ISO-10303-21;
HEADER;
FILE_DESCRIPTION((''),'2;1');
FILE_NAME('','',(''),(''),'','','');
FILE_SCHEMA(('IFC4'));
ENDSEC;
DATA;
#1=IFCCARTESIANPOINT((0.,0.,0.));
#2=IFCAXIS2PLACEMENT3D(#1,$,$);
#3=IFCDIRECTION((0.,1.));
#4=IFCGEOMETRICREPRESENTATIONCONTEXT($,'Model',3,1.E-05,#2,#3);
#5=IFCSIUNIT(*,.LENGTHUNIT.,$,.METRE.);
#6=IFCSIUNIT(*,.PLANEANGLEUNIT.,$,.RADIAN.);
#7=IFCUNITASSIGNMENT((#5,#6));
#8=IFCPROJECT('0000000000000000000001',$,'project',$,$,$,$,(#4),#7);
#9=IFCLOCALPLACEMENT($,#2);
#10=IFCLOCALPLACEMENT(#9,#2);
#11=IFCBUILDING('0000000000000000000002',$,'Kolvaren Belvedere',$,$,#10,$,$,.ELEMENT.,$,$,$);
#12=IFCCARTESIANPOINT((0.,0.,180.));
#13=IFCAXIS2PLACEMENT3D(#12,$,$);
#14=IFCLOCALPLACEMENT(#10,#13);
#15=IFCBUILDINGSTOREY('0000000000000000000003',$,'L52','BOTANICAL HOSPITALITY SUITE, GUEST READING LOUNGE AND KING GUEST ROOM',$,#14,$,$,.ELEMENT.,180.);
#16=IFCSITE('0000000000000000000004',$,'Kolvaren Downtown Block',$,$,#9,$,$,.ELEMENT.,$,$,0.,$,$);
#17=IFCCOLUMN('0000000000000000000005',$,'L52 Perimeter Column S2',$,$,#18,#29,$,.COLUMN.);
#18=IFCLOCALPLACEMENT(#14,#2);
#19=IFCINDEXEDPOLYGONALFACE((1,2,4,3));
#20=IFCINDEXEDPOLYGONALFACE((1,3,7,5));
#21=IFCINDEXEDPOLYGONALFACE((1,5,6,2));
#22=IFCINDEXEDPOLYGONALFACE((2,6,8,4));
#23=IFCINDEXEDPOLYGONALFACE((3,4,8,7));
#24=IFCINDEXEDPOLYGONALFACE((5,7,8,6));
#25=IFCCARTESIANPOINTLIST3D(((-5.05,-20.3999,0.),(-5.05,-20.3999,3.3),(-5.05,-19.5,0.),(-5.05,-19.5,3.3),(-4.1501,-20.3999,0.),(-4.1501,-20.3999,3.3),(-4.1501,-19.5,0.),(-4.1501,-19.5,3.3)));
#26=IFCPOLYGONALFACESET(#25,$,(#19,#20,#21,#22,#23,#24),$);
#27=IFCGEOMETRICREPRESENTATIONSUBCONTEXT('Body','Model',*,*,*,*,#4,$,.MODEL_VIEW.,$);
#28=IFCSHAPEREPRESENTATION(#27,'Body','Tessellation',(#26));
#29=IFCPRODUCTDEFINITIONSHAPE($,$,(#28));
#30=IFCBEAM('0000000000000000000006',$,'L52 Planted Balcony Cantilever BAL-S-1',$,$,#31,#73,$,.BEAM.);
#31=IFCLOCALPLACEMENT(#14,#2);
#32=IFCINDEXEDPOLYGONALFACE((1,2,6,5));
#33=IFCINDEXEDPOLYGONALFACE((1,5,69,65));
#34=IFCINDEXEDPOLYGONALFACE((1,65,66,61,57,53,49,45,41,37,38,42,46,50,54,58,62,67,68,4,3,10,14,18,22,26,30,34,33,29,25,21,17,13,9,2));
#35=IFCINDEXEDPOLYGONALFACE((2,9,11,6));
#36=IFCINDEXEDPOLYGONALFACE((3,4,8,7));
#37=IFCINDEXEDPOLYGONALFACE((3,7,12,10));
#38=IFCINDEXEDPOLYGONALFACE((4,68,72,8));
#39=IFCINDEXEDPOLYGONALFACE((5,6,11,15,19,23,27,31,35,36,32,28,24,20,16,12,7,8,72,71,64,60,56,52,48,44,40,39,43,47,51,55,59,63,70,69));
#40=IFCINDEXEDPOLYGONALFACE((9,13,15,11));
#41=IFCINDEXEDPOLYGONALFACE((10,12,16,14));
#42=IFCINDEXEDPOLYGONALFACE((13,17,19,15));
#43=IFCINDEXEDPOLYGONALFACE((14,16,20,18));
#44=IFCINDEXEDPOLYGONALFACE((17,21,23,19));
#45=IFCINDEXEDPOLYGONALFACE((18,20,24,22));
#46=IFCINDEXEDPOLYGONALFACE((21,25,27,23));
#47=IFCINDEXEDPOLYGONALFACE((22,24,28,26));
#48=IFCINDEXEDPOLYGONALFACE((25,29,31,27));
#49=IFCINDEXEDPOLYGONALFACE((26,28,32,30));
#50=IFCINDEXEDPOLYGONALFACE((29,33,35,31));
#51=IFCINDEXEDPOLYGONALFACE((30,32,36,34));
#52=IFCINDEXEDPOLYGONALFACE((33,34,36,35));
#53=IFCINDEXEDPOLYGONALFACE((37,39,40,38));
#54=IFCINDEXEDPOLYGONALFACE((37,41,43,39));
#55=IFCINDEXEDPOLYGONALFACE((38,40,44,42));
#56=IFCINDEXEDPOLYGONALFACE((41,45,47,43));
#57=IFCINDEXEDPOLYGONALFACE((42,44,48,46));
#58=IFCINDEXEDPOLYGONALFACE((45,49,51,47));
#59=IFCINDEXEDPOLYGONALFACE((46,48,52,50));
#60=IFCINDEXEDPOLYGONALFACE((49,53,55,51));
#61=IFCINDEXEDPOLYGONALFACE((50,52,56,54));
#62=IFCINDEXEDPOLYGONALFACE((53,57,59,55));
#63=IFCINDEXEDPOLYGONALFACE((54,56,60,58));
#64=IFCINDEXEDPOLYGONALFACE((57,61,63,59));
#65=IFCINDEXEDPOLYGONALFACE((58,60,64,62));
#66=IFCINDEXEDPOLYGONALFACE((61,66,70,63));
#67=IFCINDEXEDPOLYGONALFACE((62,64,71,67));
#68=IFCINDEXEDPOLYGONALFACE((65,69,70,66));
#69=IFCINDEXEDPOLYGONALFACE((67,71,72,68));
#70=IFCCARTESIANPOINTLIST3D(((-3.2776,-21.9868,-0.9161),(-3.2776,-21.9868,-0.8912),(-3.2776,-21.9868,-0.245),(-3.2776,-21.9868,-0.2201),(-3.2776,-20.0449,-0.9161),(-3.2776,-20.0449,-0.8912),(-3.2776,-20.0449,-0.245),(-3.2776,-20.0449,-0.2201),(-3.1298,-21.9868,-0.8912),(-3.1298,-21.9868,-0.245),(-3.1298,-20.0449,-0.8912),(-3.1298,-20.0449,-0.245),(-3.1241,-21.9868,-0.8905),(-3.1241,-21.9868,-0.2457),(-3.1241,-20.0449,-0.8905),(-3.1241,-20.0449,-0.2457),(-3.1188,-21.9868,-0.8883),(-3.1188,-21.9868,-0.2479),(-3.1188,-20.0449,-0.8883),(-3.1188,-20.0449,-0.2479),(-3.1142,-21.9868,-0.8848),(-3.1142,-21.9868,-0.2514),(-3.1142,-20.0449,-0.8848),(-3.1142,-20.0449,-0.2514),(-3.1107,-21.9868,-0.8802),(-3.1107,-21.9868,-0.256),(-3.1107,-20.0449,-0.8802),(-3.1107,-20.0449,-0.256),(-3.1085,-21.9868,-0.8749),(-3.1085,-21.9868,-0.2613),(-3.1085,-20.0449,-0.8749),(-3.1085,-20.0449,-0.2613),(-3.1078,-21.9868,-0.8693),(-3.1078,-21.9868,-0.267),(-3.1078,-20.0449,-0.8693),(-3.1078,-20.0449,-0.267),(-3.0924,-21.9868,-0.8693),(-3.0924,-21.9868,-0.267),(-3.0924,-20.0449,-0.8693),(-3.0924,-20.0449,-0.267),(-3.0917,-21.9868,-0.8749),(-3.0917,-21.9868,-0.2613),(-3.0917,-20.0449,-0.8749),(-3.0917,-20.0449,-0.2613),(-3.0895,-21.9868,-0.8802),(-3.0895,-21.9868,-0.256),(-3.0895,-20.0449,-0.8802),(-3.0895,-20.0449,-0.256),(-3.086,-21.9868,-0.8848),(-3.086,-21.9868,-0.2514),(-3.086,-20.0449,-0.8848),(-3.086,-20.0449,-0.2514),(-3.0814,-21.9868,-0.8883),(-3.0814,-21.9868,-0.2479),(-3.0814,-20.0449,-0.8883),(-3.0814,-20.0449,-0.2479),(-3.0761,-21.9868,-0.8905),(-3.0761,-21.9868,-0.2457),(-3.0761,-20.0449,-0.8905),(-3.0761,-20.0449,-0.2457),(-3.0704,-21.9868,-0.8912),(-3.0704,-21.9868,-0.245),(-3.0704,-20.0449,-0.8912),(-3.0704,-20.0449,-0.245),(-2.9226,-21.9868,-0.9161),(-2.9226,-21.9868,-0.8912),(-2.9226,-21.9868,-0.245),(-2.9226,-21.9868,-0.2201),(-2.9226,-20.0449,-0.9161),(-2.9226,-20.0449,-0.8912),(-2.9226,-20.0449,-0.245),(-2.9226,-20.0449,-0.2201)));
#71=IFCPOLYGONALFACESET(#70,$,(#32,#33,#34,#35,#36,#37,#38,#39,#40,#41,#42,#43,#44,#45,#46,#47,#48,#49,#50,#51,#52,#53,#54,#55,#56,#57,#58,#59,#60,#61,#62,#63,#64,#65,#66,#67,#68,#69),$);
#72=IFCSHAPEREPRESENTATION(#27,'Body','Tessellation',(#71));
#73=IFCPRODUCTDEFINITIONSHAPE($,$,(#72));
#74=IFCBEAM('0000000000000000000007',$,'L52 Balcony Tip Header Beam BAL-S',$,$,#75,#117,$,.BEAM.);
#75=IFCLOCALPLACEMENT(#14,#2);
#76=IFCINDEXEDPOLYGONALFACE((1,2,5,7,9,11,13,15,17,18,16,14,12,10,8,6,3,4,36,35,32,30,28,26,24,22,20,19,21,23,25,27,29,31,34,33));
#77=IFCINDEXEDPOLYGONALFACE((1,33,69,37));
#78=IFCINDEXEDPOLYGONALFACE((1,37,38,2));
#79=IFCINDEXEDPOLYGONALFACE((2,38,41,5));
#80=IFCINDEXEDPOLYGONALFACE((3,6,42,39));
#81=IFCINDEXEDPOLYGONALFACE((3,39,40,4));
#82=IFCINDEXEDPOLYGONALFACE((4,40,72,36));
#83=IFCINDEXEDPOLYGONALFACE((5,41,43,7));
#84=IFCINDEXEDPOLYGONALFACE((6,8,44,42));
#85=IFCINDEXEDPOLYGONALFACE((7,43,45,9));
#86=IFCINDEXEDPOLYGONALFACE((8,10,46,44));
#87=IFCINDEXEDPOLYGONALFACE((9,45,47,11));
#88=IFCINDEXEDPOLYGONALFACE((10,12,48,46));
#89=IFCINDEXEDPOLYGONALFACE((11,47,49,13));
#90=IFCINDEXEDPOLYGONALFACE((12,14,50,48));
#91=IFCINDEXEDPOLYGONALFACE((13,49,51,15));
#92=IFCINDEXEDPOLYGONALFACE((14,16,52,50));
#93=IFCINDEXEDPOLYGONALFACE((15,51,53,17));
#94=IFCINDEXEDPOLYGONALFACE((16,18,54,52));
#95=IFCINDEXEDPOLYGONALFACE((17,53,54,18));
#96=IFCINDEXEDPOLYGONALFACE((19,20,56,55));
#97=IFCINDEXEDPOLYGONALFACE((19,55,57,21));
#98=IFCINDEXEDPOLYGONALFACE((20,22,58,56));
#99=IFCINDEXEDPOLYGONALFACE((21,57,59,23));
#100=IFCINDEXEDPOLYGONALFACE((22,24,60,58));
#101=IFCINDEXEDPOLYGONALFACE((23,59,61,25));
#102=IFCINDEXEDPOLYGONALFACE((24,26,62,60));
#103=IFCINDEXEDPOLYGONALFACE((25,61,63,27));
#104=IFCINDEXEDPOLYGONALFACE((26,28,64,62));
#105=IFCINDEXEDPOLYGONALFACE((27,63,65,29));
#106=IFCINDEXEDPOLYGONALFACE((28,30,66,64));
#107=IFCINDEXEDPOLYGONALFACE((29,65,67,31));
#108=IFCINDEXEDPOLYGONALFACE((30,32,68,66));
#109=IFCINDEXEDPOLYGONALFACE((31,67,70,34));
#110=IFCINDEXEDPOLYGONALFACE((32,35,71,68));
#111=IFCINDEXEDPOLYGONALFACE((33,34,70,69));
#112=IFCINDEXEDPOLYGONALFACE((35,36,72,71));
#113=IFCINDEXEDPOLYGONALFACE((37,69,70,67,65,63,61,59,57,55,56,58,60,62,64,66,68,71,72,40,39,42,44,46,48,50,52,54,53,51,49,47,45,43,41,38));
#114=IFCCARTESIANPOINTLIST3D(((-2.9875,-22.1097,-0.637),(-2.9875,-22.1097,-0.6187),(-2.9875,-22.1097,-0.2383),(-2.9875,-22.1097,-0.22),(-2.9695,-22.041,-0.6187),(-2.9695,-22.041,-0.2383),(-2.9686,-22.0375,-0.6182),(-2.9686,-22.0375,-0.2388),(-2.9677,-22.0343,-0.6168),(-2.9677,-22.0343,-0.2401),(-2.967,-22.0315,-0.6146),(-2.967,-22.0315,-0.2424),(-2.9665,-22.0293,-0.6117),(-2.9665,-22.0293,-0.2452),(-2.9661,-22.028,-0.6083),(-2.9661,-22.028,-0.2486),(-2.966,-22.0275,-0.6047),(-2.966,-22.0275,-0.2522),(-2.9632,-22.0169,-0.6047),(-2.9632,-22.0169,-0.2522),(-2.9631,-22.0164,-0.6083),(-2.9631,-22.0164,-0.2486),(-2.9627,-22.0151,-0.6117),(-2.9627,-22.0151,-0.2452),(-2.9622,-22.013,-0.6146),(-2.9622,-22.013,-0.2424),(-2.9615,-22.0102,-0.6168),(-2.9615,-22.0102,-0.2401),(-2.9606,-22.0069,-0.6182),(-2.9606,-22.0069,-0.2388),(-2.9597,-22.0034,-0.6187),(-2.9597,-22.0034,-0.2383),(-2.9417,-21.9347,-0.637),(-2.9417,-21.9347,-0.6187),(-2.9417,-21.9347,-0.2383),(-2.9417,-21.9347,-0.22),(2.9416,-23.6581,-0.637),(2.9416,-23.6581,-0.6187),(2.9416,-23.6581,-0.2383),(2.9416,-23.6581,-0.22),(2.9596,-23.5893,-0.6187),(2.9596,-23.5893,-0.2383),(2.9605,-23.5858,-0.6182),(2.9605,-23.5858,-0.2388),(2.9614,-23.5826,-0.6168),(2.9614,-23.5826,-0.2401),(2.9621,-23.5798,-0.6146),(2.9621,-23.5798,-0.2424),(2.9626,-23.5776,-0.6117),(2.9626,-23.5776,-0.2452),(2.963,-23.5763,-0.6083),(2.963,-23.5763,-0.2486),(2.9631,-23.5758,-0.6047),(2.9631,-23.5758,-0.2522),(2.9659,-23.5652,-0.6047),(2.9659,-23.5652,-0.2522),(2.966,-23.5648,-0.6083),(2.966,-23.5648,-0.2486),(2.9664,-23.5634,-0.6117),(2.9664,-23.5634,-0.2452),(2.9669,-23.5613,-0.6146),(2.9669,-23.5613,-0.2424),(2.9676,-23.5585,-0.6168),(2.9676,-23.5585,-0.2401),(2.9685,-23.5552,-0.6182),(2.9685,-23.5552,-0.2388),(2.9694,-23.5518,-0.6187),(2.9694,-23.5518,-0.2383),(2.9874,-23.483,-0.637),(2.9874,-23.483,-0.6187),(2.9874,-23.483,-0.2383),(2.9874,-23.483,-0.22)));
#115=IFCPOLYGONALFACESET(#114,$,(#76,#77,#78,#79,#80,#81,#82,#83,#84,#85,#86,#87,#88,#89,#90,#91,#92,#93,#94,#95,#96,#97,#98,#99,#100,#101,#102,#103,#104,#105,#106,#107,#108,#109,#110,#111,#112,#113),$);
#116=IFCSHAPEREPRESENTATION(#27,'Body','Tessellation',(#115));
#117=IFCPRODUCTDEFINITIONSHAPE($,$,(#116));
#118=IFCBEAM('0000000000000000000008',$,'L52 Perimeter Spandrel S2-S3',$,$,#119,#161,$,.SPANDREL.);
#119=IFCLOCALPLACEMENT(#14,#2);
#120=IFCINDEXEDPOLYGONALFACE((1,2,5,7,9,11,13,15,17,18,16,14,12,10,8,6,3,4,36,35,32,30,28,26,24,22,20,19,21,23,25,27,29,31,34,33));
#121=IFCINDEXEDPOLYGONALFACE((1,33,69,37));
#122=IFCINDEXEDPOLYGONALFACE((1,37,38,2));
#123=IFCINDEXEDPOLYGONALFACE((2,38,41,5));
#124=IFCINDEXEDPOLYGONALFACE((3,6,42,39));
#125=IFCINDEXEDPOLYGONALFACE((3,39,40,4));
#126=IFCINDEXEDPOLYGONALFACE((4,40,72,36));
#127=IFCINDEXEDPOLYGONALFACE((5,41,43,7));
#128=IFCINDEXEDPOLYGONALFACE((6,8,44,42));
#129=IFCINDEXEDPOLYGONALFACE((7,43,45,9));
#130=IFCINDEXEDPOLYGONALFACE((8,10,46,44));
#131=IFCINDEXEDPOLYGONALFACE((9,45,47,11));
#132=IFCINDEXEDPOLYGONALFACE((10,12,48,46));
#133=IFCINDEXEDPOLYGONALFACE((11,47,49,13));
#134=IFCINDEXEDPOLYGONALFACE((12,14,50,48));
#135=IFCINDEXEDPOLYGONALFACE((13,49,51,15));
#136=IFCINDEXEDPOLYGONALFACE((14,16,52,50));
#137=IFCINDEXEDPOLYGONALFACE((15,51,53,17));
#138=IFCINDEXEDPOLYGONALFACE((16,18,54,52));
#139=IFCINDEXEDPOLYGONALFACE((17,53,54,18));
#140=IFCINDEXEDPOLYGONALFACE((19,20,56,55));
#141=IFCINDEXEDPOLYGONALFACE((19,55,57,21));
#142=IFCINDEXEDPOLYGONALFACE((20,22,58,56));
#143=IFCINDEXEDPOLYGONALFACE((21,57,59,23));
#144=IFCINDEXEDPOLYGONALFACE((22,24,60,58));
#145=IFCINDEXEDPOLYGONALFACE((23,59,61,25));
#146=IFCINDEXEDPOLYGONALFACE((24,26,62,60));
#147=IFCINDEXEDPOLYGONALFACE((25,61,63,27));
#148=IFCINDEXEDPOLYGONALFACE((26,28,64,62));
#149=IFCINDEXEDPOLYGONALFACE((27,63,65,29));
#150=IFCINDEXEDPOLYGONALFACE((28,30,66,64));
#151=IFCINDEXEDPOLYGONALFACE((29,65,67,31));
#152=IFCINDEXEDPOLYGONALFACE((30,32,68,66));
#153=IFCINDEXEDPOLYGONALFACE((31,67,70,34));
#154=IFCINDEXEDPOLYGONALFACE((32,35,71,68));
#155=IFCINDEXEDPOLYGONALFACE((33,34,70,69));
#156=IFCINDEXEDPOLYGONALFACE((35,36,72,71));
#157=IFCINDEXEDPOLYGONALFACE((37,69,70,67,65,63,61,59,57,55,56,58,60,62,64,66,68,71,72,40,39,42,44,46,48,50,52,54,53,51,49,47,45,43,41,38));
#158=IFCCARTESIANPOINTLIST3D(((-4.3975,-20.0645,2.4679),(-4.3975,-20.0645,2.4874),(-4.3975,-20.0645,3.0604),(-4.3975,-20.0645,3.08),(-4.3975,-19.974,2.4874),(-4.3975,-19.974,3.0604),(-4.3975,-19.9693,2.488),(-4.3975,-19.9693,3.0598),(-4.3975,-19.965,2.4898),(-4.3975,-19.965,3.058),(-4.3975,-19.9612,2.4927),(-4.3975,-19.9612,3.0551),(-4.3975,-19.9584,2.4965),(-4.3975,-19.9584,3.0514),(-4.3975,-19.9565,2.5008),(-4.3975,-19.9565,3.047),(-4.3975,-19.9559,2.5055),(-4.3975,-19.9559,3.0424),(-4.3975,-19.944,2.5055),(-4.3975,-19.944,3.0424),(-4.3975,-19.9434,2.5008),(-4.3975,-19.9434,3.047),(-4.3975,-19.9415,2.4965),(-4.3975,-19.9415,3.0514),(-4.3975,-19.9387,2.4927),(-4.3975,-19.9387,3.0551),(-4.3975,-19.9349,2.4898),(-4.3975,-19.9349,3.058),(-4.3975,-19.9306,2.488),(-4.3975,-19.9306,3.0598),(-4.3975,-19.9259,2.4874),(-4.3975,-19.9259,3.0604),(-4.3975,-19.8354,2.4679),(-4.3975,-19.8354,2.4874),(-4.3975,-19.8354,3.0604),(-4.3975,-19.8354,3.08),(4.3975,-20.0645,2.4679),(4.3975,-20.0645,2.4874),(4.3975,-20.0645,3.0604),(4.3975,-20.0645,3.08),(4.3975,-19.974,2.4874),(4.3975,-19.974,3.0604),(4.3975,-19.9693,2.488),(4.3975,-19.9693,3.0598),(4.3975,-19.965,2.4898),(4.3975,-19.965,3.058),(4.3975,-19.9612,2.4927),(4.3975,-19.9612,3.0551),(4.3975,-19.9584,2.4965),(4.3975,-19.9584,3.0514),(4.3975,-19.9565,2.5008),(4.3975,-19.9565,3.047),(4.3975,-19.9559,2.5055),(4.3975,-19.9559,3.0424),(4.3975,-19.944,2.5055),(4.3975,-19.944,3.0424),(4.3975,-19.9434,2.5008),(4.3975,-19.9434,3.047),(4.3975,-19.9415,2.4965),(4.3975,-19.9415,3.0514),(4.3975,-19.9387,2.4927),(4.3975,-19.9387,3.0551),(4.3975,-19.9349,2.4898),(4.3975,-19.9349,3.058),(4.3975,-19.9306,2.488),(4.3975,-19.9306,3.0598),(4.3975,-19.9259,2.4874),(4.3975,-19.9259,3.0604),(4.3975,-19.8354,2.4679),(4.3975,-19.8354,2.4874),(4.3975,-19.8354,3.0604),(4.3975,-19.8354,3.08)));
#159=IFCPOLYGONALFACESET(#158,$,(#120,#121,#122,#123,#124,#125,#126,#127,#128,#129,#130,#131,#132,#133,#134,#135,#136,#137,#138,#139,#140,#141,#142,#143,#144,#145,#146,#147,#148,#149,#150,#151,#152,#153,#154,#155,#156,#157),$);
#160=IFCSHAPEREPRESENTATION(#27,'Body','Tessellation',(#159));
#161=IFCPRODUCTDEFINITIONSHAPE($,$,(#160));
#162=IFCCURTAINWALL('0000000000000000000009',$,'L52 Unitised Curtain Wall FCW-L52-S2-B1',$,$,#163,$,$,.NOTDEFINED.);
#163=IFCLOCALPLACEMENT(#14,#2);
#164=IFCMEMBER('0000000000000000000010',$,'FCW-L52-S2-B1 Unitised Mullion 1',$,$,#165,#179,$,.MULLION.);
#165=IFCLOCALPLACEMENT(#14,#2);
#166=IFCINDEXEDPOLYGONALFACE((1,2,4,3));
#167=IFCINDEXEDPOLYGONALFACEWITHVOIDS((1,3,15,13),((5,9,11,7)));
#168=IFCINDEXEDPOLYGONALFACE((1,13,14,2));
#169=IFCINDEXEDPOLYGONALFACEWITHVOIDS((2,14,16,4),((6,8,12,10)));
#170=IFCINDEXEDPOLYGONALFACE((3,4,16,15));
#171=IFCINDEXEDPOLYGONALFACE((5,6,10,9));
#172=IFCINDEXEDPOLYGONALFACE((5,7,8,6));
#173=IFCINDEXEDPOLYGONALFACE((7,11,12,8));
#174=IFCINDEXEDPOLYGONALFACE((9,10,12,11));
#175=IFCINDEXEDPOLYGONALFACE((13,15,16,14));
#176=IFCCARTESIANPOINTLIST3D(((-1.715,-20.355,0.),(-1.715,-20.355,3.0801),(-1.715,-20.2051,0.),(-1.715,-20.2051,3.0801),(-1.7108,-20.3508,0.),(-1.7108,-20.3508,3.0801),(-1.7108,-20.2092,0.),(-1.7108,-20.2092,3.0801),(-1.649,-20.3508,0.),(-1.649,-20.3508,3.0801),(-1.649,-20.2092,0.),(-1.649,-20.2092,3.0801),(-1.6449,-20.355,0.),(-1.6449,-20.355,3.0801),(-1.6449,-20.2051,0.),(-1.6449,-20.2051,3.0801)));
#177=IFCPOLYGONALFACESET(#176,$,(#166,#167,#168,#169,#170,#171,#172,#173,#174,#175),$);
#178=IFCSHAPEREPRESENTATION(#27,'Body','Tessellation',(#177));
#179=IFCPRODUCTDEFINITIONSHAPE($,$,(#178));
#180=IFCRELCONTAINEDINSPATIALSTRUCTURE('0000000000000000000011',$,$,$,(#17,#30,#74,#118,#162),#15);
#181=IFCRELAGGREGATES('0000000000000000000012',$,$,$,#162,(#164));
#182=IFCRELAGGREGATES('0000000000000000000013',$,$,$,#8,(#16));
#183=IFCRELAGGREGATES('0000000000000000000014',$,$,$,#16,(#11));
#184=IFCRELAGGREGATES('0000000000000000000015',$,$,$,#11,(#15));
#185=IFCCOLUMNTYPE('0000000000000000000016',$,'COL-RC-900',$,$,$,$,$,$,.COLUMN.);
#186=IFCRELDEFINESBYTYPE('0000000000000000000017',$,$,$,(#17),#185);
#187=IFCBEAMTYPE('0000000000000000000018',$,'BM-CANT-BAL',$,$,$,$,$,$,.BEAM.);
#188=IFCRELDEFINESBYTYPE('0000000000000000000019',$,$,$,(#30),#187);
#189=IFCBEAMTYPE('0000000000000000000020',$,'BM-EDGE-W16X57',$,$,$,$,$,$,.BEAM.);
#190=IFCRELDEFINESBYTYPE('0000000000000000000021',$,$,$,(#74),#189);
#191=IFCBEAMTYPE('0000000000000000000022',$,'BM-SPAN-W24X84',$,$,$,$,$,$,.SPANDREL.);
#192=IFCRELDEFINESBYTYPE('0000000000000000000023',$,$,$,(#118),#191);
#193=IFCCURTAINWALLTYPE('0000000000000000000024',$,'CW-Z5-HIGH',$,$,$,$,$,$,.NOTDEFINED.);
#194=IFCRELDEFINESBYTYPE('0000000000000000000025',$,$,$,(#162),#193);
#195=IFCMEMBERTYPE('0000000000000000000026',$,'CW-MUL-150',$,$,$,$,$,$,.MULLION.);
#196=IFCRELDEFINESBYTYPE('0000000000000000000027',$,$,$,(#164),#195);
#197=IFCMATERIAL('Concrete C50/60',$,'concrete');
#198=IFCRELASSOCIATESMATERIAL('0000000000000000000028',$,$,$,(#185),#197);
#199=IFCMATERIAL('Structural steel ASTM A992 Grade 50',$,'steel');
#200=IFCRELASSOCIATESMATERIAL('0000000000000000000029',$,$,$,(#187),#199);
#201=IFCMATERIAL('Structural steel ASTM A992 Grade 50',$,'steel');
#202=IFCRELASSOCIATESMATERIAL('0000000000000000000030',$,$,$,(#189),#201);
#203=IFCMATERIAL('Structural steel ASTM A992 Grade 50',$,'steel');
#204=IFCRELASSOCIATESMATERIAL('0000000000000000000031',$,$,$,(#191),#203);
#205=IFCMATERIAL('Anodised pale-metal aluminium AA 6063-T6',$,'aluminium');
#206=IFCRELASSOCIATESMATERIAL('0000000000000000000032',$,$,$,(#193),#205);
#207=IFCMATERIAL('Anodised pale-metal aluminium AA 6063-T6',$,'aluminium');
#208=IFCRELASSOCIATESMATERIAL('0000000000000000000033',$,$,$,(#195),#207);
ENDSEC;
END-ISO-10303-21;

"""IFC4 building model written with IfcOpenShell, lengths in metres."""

from ifc_helpers import new_model, si_unit, direction, frame, origin, origin_2d, place, context, subcontext, project, spatial, rectangle, hollow_rectangle, i_section, extrude, material, material_profile, profile_set, type_object, element, aggregate, save


model = new_model("IFC4")

# Units and contexts
model_context = context("Model", 3, precision=1e-05, world=origin(), true_north=direction((0.0, 1.0)))
body_context = subcontext(model_context, "Body", "Model", "MODEL_VIEW")
ifc_project = project(units=[si_unit("LENGTHUNIT", "METRE"), si_unit("PLANEANGLEUNIT", "RADIAN")], contexts=[model_context])

# Site, building, storey
site_placement = place(None, origin())
site = spatial("IfcSite", under=ifc_project, at=site_placement, Name="Kolvaren Downtown Block", CompositionType="ELEMENT", RefElevation=0.0)
building_placement = place(site_placement, origin())
building = spatial("IfcBuilding", under=site, at=building_placement, Name="Kolvaren Belvedere", CompositionType="ELEMENT")
storey_placement = place(building_placement, frame((0.0, 0.0, 180.0)))
storey = spatial("IfcBuildingStorey", under=building, at=storey_placement, Name="L52", Description="BOTANICAL HOSPITALITY SUITE, GUEST READING LOUNGE AND KING GUEST ROOM", CompositionType="ELEMENT", Elevation=180.0)

# Column
ifc_material_1 = material(Name="Concrete C50/60", Category="concrete")
ifc_material_profile_1 = material_profile(ifc_material_1, rectangle(XDim=0.8999, YDim=0.8999, at=origin_2d()), Name="RC 900X900")
ifc_profile_set_1 = profile_set([ifc_material_profile_1], Name="Concrete C50/60")
column_type = type_object("IfcColumnType", Name="COL-RC-900", PredefinedType="COLUMN", material=ifc_profile_set_1)
column_placement = place(storey_placement, frame((-4.6001, -19.95, 0.0), z_axis=(0.0, 0.0, 1.0), x_axis=(1.0, 0.0, 0.0)))
element("IfcColumn", 1, at=column_placement, inside=storey, type_object=column_type, Name="L52 Perimeter Column S2", PredefinedType="COLUMN", context=body_context, shape_type="SweptSolid", body=[
    extrude(rectangle(XDim=0.8999, YDim=0.8999, at=origin_2d()), origin(), (0.0, 0.0, 1.0), 3.3),
])

# Beams
ifc_material_2 = material(Name="Structural steel ASTM A992 Grade 50", Category="steel")
ifc_material_profile_2 = material_profile(ifc_material_2, i_section(OverallWidth=0.355, OverallDepth=0.696, WebThickness=0.0154, FlangeThickness=0.0249, FilletRadius=0.022, at=origin_2d()), Name="W27X146")
ifc_profile_set_2 = profile_set([ifc_material_profile_2], Name="Structural steel ASTM A992 Grade 50")
beam_type_1 = type_object("IfcBeamType", Name="BM-CANT-BAL", PredefinedType="BEAM", material=ifc_profile_set_2)
beam_1_placement = place(storey_placement, frame((-3.1001, -20.0449, -0.5681), z_axis=(0.0, -1.0, 0.0), x_axis=(1.0, 0.0, 0.0)))
element("IfcBeam", 2, at=beam_1_placement, inside=storey, type_object=beam_type_1, Name="L52 Planted Balcony Cantilever BAL-S-1", PredefinedType="BEAM", context=body_context, shape_type="SweptSolid", body=[
    extrude(i_section(OverallWidth=0.355, OverallDepth=0.696, WebThickness=0.0154, FlangeThickness=0.0249, FilletRadius=0.022, at=origin_2d()), origin(), (0.0, 0.0, 1.0), 1.9419),
])
ifc_material_3 = material(Name="Structural steel ASTM A992 Grade 50", Category="steel")
ifc_material_profile_3 = material_profile(ifc_material_3, i_section(OverallWidth=0.1809, OverallDepth=0.417, WebThickness=0.011, FlangeThickness=0.0183, FilletRadius=0.0139, at=origin_2d()), Name="W16X57")
ifc_profile_set_3 = profile_set([ifc_material_profile_3], Name="Structural steel ASTM A992 Grade 50")
beam_type_2 = type_object("IfcBeamType", Name="BM-EDGE-W16X57", PredefinedType="BEAM", material=ifc_profile_set_3)
beam_2_placement = place(storey_placement, frame((-2.9646, -22.0222, -0.4285), z_axis=(0.967554, -0.252665, 0.0), x_axis=(0.252665, 0.967554, 0.0)))
element("IfcBeam", 3, at=beam_2_placement, inside=storey, type_object=beam_type_2, Name="L52 Balcony Tip Header Beam BAL-S", PredefinedType="BEAM", context=body_context, shape_type="SweptSolid", body=[
    extrude(i_section(OverallWidth=0.1809, OverallDepth=0.417, WebThickness=0.011, FlangeThickness=0.0183, FilletRadius=0.0139, at=origin_2d()), origin(), (0.0, 0.0, 1.0), 6.1279),
])
ifc_material_4 = material(Name="Structural steel ASTM A992 Grade 50", Category="steel")
ifc_material_profile_4 = material_profile(ifc_material_4, i_section(OverallWidth=0.229, OverallDepth=0.6121, WebThickness=0.012, FlangeThickness=0.0195, FilletRadius=0.0181, at=origin_2d()), Name="W24X84")
ifc_profile_set_4 = profile_set([ifc_material_profile_4], Name="Structural steel ASTM A992 Grade 50")
beam_type_3 = type_object("IfcBeamType", Name="BM-SPAN-W24X84", PredefinedType="SPANDREL", material=ifc_profile_set_4)
beam_3_placement = place(storey_placement, frame((-4.3975, -19.95, 2.7739), z_axis=(1.0, 0.0, 0.0), x_axis=(0.0, 1.0, 0.0)))
element("IfcBeam", 4, at=beam_3_placement, inside=storey, type_object=beam_type_3, Name="L52 Perimeter Spandrel S2-S3", PredefinedType="SPANDREL", context=body_context, shape_type="SweptSolid", body=[
    extrude(i_section(OverallWidth=0.229, OverallDepth=0.6121, WebThickness=0.012, FlangeThickness=0.0195, FilletRadius=0.0181, at=origin_2d()), origin(), (0.0, 0.0, 1.0), 8.7949),
])

# Curtain wall, member
ifc_material_5 = material(Name="Anodised pale-metal aluminium AA 6063-T6", Category="aluminium")
curtain_wall_type = type_object("IfcCurtainWallType", Name="CW-Z5-HIGH", PredefinedType="NOTDEFINED", material=ifc_material_5)
curtain_wall_1_placement = place(storey_placement, origin())
curtain_wall_1 = element("IfcCurtainWall", 5, at=curtain_wall_1_placement, inside=storey, type_object=curtain_wall_type, Name="L52 Unitised Curtain Wall FCW-L52-S2-B1", PredefinedType="NOTDEFINED")
ifc_material_6 = material(Name="Anodised pale-metal aluminium AA 6063-T6", Category="aluminium")
ifc_material_profile_5 = material_profile(ifc_material_6, hollow_rectangle(XDim=0.0701, YDim=0.1499, WallThickness=0.0042, at=origin_2d()), Name="ALU-MUL-150X70")
ifc_profile_set_5 = profile_set([ifc_material_profile_5], Name="Anodised pale-metal aluminium AA 6063-T6")
member_type_1 = type_object("IfcMemberType", Name="CW-MUL-150", PredefinedType="MULLION", material=ifc_profile_set_5)
member_1_placement = place(storey_placement, frame((-1.6799, -20.28, 0.0), z_axis=(0.0, 0.0, 1.0), x_axis=(1.0, 0.0, 0.0)))
member_1 = element("IfcMember", 6, at=member_1_placement, type_object=member_type_1, Name="FCW-L52-S2-B1 Unitised Mullion 1", PredefinedType="MULLION", context=body_context, shape_type="SweptSolid", body=[
    extrude(hollow_rectangle(XDim=0.0701, YDim=0.1499, WallThickness=0.0042, at=origin_2d()), origin(), (0.0, 0.0, 1.0), 3.0801),
])

aggregate(curtain_wall_1, [member_1])

save(model, "model.ifc")
